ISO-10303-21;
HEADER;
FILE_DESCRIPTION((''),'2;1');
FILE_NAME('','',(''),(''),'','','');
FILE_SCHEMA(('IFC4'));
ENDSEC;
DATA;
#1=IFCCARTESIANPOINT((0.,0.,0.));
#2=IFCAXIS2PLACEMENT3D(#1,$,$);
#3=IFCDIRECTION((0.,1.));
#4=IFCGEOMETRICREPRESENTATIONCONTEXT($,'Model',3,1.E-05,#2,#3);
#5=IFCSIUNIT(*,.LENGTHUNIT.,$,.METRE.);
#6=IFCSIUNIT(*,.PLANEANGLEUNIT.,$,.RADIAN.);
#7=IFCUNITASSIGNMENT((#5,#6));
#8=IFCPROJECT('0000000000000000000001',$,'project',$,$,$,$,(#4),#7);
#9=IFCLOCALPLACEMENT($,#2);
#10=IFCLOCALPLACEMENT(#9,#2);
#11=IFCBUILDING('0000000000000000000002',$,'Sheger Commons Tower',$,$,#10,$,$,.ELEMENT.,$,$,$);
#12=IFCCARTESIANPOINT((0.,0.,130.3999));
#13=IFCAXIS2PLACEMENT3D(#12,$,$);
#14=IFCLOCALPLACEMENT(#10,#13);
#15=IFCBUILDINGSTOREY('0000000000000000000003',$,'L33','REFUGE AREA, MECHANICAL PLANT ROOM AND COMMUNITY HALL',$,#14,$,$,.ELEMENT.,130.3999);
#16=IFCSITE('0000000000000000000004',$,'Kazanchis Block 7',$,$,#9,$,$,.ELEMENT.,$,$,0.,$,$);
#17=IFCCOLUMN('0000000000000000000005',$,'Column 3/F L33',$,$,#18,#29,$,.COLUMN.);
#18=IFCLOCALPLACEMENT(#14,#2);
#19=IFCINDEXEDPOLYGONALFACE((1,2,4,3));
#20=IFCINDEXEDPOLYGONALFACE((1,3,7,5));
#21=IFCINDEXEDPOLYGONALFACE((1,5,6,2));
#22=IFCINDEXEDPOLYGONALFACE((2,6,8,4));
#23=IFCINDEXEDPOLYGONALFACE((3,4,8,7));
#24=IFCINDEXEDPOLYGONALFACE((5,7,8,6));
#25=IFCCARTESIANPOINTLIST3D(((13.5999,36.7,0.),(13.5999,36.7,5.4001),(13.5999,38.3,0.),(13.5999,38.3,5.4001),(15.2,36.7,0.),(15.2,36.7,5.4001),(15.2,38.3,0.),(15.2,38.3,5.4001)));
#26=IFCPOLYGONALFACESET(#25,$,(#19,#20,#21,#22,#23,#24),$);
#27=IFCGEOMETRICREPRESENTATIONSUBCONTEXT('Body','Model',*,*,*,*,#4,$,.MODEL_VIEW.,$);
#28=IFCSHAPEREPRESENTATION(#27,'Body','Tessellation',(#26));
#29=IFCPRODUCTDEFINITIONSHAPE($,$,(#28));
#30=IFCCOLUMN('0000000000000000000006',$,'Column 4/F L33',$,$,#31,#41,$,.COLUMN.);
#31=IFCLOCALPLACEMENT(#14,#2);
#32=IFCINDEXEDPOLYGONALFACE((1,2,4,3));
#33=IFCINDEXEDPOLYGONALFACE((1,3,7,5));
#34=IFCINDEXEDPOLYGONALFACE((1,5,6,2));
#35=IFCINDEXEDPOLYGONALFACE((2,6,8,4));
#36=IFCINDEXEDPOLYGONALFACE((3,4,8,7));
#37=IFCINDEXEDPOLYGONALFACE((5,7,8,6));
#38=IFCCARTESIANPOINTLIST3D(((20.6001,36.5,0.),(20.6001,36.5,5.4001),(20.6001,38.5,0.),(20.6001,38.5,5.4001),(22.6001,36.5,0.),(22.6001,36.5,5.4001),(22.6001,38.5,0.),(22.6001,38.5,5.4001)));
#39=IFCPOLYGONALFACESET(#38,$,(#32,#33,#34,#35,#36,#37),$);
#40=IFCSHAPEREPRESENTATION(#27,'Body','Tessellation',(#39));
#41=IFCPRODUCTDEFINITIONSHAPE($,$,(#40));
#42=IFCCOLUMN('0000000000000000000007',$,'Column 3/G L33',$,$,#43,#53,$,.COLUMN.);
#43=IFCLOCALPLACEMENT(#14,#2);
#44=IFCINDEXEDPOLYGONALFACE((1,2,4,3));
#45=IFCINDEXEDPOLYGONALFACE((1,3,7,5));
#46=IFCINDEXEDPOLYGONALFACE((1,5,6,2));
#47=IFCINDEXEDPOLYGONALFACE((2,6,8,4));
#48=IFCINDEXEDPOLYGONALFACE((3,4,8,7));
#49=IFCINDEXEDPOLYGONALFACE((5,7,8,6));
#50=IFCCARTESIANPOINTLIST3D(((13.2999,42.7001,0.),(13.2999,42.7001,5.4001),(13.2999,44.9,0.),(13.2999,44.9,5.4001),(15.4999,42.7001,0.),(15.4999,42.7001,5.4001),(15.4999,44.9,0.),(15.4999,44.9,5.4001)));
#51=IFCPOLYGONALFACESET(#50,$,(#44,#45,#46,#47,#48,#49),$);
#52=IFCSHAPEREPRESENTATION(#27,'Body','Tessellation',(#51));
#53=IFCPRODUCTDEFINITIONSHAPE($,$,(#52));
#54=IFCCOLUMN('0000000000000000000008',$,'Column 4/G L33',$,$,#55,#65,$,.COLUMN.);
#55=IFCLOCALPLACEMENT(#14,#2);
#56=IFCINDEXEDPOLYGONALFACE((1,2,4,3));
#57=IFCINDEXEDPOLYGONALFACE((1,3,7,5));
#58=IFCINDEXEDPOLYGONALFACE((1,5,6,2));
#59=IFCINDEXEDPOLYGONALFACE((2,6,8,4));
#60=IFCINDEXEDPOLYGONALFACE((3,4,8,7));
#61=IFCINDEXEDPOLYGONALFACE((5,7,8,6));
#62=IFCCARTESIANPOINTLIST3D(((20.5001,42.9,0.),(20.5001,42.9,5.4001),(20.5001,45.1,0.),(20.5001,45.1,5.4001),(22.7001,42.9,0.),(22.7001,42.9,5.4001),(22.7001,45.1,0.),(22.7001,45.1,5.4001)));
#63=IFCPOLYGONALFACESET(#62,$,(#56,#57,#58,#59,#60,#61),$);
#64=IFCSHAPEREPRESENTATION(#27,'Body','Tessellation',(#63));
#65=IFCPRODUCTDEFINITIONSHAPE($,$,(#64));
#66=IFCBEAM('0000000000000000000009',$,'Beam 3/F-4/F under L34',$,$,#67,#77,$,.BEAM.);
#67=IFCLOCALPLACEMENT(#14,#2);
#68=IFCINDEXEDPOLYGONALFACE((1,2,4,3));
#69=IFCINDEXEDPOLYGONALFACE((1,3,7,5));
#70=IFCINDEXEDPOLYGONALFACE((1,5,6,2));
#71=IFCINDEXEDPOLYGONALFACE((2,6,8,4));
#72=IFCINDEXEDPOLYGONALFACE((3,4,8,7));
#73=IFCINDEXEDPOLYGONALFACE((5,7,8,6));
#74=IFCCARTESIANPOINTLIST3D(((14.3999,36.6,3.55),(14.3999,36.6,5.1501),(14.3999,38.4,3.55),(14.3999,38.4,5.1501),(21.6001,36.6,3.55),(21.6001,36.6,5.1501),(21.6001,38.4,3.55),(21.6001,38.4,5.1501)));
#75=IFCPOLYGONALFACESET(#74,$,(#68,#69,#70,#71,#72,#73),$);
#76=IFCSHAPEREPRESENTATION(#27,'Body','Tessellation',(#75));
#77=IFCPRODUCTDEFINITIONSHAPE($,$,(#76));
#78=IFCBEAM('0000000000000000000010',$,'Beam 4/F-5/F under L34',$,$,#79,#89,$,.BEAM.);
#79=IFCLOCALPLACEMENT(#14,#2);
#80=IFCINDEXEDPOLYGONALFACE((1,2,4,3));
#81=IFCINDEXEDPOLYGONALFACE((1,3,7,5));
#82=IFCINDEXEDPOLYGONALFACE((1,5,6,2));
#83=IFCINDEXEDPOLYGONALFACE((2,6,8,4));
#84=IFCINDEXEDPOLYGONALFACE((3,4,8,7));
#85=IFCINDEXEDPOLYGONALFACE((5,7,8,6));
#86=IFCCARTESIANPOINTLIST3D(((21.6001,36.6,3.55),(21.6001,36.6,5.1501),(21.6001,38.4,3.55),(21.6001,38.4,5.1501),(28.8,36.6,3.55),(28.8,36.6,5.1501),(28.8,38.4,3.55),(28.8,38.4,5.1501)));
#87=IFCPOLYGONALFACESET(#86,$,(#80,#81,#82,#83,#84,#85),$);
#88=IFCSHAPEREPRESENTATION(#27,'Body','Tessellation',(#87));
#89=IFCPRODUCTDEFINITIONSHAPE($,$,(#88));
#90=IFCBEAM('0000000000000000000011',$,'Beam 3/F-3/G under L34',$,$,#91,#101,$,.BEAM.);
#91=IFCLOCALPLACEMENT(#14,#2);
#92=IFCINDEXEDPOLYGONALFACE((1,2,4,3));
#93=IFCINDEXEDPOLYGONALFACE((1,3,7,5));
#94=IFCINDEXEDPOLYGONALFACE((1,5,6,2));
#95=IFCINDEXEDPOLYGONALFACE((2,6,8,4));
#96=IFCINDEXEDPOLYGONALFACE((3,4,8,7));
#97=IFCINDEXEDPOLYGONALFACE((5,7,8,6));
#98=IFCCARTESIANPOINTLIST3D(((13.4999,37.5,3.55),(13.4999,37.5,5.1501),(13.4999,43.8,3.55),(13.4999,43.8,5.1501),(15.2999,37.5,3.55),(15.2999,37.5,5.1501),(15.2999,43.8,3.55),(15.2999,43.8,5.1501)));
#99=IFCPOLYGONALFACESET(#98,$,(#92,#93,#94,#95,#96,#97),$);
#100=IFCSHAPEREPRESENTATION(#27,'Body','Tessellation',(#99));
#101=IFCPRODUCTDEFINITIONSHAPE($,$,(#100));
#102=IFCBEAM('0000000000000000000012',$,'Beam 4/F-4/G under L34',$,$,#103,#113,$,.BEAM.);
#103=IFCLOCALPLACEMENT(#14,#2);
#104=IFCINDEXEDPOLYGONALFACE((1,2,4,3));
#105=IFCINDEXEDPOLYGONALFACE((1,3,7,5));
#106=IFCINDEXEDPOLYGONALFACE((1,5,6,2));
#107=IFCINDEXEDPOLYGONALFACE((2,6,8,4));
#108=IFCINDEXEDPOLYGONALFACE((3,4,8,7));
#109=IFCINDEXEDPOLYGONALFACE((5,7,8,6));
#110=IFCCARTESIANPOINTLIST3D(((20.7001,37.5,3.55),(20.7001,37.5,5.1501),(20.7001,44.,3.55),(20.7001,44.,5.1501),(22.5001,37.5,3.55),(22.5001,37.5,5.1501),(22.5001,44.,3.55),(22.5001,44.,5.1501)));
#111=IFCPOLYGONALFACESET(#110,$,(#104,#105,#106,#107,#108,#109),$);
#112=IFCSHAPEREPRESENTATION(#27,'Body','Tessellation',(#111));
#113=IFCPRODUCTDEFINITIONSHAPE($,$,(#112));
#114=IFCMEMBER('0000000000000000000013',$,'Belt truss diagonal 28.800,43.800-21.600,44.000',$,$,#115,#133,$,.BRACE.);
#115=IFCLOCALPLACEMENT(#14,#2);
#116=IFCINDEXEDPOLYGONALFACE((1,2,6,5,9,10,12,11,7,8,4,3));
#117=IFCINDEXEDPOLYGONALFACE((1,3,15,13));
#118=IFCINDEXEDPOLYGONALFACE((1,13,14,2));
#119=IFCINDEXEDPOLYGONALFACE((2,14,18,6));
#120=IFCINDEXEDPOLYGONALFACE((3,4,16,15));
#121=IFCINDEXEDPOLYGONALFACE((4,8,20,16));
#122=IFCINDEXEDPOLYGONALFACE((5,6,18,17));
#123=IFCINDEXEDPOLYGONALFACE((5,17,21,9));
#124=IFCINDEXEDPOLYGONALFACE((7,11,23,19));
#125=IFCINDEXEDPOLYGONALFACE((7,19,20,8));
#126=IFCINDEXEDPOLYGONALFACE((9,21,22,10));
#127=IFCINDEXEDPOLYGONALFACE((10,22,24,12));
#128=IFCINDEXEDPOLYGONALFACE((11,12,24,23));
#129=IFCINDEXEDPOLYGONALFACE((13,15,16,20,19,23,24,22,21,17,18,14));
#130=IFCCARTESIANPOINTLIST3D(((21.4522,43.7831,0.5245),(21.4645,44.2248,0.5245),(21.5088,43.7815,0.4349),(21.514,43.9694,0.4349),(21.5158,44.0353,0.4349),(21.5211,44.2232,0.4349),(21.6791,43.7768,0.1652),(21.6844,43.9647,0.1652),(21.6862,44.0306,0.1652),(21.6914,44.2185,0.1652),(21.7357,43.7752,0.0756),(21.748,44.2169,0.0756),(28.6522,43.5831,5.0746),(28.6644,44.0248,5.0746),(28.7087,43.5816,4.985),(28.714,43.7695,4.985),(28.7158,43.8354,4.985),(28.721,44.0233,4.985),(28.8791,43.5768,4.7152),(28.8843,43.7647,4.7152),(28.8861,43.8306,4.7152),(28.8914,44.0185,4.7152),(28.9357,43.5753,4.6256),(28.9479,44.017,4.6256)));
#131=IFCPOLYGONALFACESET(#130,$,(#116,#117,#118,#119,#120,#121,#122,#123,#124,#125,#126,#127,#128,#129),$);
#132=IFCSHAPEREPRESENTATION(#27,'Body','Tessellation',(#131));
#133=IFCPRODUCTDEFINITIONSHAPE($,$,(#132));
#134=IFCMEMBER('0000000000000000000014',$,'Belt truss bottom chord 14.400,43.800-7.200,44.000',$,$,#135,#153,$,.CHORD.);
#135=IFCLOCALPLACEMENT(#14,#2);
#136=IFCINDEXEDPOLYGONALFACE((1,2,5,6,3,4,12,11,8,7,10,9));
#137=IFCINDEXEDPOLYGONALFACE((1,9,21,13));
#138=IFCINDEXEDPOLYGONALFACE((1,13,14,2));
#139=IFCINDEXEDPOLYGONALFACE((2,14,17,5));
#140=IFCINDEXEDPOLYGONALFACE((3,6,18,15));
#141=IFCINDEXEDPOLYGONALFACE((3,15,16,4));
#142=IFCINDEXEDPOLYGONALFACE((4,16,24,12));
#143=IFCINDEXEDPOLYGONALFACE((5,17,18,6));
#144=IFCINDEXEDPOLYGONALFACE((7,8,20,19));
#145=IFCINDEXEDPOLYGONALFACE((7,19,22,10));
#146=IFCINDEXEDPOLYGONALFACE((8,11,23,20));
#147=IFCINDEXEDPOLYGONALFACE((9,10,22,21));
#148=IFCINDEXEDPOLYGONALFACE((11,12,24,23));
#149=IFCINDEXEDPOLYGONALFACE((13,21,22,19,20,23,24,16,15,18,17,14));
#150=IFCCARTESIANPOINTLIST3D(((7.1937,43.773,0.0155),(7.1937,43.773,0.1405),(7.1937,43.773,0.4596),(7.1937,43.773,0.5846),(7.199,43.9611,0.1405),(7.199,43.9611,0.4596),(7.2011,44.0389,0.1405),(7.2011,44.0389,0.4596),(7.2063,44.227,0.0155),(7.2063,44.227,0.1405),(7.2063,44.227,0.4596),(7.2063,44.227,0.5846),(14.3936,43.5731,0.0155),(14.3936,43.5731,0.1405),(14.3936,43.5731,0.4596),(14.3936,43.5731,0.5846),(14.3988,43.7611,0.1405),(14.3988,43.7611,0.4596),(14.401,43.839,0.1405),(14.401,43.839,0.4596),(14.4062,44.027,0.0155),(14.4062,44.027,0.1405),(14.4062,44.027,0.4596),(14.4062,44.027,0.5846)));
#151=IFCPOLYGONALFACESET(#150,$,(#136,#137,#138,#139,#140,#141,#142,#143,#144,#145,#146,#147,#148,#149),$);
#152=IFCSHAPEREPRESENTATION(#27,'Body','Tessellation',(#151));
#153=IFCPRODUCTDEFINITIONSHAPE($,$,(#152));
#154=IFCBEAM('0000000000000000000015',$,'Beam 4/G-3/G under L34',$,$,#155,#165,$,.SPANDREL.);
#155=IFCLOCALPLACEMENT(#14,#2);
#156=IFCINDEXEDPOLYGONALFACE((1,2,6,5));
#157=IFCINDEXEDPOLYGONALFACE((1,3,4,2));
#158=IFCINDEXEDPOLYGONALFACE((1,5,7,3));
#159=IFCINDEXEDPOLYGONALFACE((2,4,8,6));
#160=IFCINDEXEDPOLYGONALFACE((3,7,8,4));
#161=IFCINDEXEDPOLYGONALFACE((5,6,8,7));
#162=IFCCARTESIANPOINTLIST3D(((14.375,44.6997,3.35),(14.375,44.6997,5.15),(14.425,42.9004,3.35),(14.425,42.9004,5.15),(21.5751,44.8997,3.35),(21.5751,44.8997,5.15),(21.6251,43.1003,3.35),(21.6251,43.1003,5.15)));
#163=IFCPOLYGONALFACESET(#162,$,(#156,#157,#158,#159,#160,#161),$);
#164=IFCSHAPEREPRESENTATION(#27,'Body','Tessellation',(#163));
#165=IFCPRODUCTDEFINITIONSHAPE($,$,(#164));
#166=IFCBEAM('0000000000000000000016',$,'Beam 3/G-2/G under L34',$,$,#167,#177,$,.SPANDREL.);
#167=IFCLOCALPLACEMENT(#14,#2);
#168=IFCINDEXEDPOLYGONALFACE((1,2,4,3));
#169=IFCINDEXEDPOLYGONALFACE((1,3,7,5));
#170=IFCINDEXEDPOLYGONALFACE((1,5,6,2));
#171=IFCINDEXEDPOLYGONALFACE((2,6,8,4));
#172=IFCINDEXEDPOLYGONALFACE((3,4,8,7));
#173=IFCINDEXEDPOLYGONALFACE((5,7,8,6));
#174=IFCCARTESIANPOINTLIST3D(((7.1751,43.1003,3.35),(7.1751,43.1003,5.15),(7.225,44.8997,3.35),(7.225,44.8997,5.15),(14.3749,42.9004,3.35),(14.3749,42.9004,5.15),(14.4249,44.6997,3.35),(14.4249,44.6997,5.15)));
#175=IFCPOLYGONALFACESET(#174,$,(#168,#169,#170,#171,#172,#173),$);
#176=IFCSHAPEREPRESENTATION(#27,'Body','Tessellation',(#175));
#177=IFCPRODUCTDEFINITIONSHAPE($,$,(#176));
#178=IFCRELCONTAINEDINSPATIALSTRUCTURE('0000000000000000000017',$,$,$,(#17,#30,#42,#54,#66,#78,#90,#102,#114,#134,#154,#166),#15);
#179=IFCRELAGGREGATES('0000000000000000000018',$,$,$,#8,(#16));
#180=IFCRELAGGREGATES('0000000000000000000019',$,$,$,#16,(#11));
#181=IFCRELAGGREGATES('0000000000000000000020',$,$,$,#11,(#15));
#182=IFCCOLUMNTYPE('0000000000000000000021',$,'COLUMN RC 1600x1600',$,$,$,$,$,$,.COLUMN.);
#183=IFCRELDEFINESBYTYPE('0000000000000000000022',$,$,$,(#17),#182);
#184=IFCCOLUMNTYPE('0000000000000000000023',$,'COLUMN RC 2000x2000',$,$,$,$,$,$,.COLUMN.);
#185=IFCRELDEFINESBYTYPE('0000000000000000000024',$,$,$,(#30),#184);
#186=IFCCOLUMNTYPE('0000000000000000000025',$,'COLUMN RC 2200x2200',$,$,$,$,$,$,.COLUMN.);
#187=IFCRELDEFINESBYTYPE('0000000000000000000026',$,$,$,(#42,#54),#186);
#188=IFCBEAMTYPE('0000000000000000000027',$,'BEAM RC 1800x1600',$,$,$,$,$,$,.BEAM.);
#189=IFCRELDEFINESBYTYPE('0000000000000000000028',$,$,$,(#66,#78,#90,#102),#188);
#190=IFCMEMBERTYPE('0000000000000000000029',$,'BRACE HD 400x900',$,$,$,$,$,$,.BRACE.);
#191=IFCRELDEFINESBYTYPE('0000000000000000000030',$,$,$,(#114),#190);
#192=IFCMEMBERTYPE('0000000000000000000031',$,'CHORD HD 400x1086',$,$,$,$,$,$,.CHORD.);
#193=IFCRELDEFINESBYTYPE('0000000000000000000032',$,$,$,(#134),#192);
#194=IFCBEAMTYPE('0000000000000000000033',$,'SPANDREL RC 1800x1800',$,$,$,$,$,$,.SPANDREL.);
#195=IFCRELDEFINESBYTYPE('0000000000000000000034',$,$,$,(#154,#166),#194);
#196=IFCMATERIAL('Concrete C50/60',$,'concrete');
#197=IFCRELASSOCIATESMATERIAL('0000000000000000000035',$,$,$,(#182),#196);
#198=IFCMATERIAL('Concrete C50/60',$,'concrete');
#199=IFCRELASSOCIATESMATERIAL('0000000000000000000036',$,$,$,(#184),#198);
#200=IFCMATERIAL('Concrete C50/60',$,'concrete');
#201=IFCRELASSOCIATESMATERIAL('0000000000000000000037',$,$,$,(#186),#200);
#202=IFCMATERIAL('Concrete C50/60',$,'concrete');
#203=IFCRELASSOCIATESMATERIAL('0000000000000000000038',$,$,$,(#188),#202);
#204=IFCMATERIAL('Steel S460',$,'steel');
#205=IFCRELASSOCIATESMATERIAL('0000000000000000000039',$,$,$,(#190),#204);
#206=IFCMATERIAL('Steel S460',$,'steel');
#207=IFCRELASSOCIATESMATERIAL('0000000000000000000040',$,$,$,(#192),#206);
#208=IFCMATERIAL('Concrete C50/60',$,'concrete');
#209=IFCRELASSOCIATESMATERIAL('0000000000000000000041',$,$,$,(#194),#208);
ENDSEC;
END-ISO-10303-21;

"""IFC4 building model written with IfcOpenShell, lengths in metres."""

from ifc_helpers import new_model, si_unit, direction, frame, origin, origin_2d, place, context, subcontext, project, spatial, rectangle, i_section, extrude, material, material_profile, profile_set, type_object, element, save


model = new_model("IFC4")

# Units and contexts
model_context = context("Model", 3, precision=1e-05, world=origin(), true_north=direction((0.0, 1.0)))
body_context = subcontext(model_context, "Body", "Model", "MODEL_VIEW")
ifc_project = project(units=[si_unit("LENGTHUNIT", "METRE"), si_unit("PLANEANGLEUNIT", "RADIAN")], contexts=[model_context])

# Site, building, storey
site_placement = place(None, origin())
site = spatial("IfcSite", under=ifc_project, at=site_placement, Name="Kazanchis Block 7", CompositionType="ELEMENT", RefElevation=0.0)
building_placement = place(site_placement, origin())
building = spatial("IfcBuilding", under=site, at=building_placement, Name="Sheger Commons Tower", CompositionType="ELEMENT")
storey_placement = place(building_placement, frame((0.0, 0.0, 130.3999)))
storey = spatial("IfcBuildingStorey", under=building, at=storey_placement, Name="L33", Description="REFUGE AREA, MECHANICAL PLANT ROOM AND COMMUNITY HALL", CompositionType="ELEMENT", Elevation=130.3999)

# Columns
ifc_material_1 = material(Name="Concrete C50/60", Category="concrete")
ifc_material_profile_1 = material_profile(ifc_material_1, rectangle(XDim=1.6001, YDim=1.6001, at=origin_2d()), Name="RC 1600x1600")
ifc_profile_set_1 = profile_set([ifc_material_profile_1], Name="Concrete C50/60")
column_type_1 = type_object("IfcColumnType", Name="COLUMN RC 1600x1600", PredefinedType="COLUMN", material=ifc_profile_set_1)
column_1_placement = place(storey_placement, frame((14.3999, 37.5, 0.0), z_axis=(0.0, 0.0, 1.0), x_axis=(1.0, 0.0, 0.0)))
element("IfcColumn", 1, at=column_1_placement, inside=storey, type_object=column_type_1, Name="Column 3/F L33", PredefinedType="COLUMN", context=body_context, shape_type="SweptSolid", body=[
    extrude(rectangle(XDim=1.6001, YDim=1.6001, at=origin_2d()), origin(), (0.0, 0.0, 1.0), 5.4001),
])
ifc_material_2 = material(Name="Concrete C50/60", Category="concrete")
ifc_material_profile_2 = material_profile(ifc_material_2, rectangle(XDim=2.0, YDim=2.0, at=origin_2d()), Name="RC 2000x2000")
ifc_profile_set_2 = profile_set([ifc_material_profile_2], Name="Concrete C50/60")
column_type_2 = type_object("IfcColumnType", Name="COLUMN RC 2000x2000", PredefinedType="COLUMN", material=ifc_profile_set_2)
column_2_placement = place(storey_placement, frame((21.6001, 37.5, 0.0), z_axis=(0.0, 0.0, 1.0), x_axis=(1.0, 0.0, 0.0)))
element("IfcColumn", 2, at=column_2_placement, inside=storey, type_object=column_type_2, Name="Column 4/F L33", PredefinedType="COLUMN", context=body_context, shape_type="SweptSolid", body=[
    extrude(rectangle(XDim=2.0, YDim=2.0, at=origin_2d()), origin(), (0.0, 0.0, 1.0), 5.4001),
])
ifc_material_3 = material(Name="Concrete C50/60", Category="concrete")
ifc_material_profile_3 = material_profile(ifc_material_3, rectangle(XDim=2.2, YDim=2.2, at=origin_2d()), Name="RC 2200x2200")
ifc_profile_set_3 = profile_set([ifc_material_profile_3], Name="Concrete C50/60")
column_type_3 = type_object("IfcColumnType", Name="COLUMN RC 2200x2200", PredefinedType="COLUMN", material=ifc_profile_set_3)
for number, where, z_axis, x_axis, name in (
    (3, (14.3999, 43.8, 0.0), (0.0, 0.0, 1.0), (1.0, 0.0, 0.0), "Column 3/G L33"),
    (4, (21.6001, 44.0, 0.0), (0.0, 0.0, 1.0), (1.0, 0.0, 0.0), "Column 4/G L33"),
):
    element("IfcColumn", number, at=place(storey_placement, frame(where, z_axis=z_axis, x_axis=x_axis)), inside=storey, type_object=column_type_3, Name=name, PredefinedType="COLUMN", context=body_context, shape_type="SweptSolid", body=[
        extrude(rectangle(XDim=2.2, YDim=2.2, at=origin_2d()), origin(), (0.0, 0.0, 1.0), 5.4001),
    ])

# Beams
ifc_material_4 = material(Name="Concrete C50/60", Category="concrete")
ifc_material_profile_4 = material_profile(ifc_material_4, rectangle(XDim=1.8, YDim=1.6001, at=origin_2d()), Name="RC 1800x1600")
ifc_profile_set_4 = profile_set([ifc_material_profile_4], Name="Concrete C50/60")
beam_type_1 = type_object("IfcBeamType", Name="BEAM RC 1800x1600", PredefinedType="BEAM", material=ifc_profile_set_4)
beam_1_placement = place(storey_placement, frame((14.3999, 37.5, 4.3501), z_axis=(1.0, 0.0, 0.0), x_axis=(0.0, 1.0, 0.0)))
element("IfcBeam", 5, at=beam_1_placement, inside=storey, type_object=beam_type_1, Name="Beam 3/F-4/F under L34", PredefinedType="BEAM", context=body_context, shape_type="SweptSolid", body=[
    extrude(rectangle(XDim=1.8, YDim=1.6001, at=origin_2d()), origin(), (0.0, 0.0, 1.0), 7.2002),
])
beam_2_placement = place(storey_placement, frame((21.6001, 37.5, 4.3501), z_axis=(1.0, 0.0, 0.0), x_axis=(0.0, 1.0, 0.0)))
element("IfcBeam", 6, at=beam_2_placement, inside=storey, type_object=beam_type_1, Name="Beam 4/F-5/F under L34", PredefinedType="BEAM", context=body_context, shape_type="SweptSolid", body=[
    extrude(rectangle(XDim=1.8, YDim=1.6001, at=origin_2d()), origin(), (0.0, 0.0, 1.0), 7.2),
])
beam_3_placement = place(storey_placement, frame((14.3999, 37.5, 4.3501), z_axis=(0.0, 1.0, 0.0), x_axis=(-1.0, 0.0, 0.0)))
element("IfcBeam", 7, at=beam_3_placement, inside=storey, type_object=beam_type_1, Name="Beam 3/F-3/G under L34", PredefinedType="BEAM", context=body_context, shape_type="SweptSolid", body=[
    extrude(rectangle(XDim=1.8, YDim=1.6001, at=origin_2d()), origin(), (0.0, 0.0, 1.0), 6.3),
])
beam_4_placement = place(storey_placement, frame((21.6001, 37.5, 4.3501), z_axis=(0.0, 1.0, 0.0), x_axis=(-1.0, 0.0, 0.0)))
element("IfcBeam", 8, at=beam_4_placement, inside=storey, type_object=beam_type_1, Name="Beam 4/F-4/G under L34", PredefinedType="BEAM", context=body_context, shape_type="SweptSolid", body=[
    extrude(rectangle(XDim=1.8, YDim=1.6001, at=origin_2d()), origin(), (0.0, 0.0, 1.0), 6.5),
])

# Members
ifc_material_5 = material(Name="Steel S460", Category="steel")
ifc_material_profile_5 = material_profile(ifc_material_5, i_section(OverallWidth=0.4419, OverallDepth=0.531, WebThickness=0.0659, FlangeThickness=0.106, at=origin_2d()), Name="HD 400x900")
ifc_profile_set_5 = profile_set([ifc_material_profile_5], Name="Steel S460")
member_type_1 = type_object("IfcMemberType", Name="BRACE HD 400x900", PredefinedType="BRACE", material=ifc_profile_set_5)
member_1_placement = place(storey_placement, frame((21.6001, 44.0, 0.3), z_axis=(0.845112, -0.02347, 0.534073), x_axis=(0.02776, 0.999615, 0.0)))
element("IfcMember", 9, at=member_1_placement, inside=storey, type_object=member_type_1, Name="Belt truss diagonal 28.800,43.800-21.600,44.000", PredefinedType="BRACE", context=body_context, shape_type="SweptSolid", body=[
    extrude(i_section(OverallWidth=0.4419, OverallDepth=0.531, WebThickness=0.0659, FlangeThickness=0.106, at=origin_2d()), origin(), (0.0, 0.0, 1.0), 8.5195),
])
ifc_material_6 = material(Name="Steel S460", Category="steel")
ifc_material_profile_6 = material_profile(ifc_material_6, i_section(OverallWidth=0.4541, OverallDepth=0.5691, WebThickness=0.0779, FlangeThickness=0.125, at=origin_2d()), Name="HD 400x1086")
ifc_profile_set_6 = profile_set([ifc_material_profile_6], Name="Steel S460")
member_type_2 = type_object("IfcMemberType", Name="CHORD HD 400x1086", PredefinedType="CHORD", material=ifc_profile_set_6)
member_2_placement = place(storey_placement, frame((14.3999, 43.8, 0.3), z_axis=(-0.999615, 0.02776, 0.0), x_axis=(-0.02776, -0.999615, 0.0)))
element("IfcMember", 10, at=member_2_placement, inside=storey, type_object=member_type_2, Name="Belt truss bottom chord 14.400,43.800-7.200,44.000", PredefinedType="CHORD", context=body_context, shape_type="SweptSolid", body=[
    extrude(i_section(OverallWidth=0.4541, OverallDepth=0.5691, WebThickness=0.0779, FlangeThickness=0.125, at=origin_2d()), origin(), (0.0, 0.0, 1.0), 7.2026),
])

# Beams
ifc_material_7 = material(Name="Concrete C50/60", Category="concrete")
ifc_material_profile_7 = material_profile(ifc_material_7, rectangle(XDim=1.8, YDim=1.8, at=origin_2d()), Name="RC 1800x1800")
ifc_profile_set_7 = profile_set([ifc_material_profile_7], Name="Concrete C50/60")
beam_type_2 = type_object("IfcBeamType", Name="SPANDREL RC 1800x1800", PredefinedType="SPANDREL", material=ifc_profile_set_7)
beam_5_placement = place(storey_placement, frame((21.6001, 44.0, 4.25), z_axis=(-0.999615, -0.02776, 0.0), x_axis=(0.02776, -0.999615, 0.0)))
element("IfcBeam", 11, at=beam_5_placement, inside=storey, type_object=beam_type_2, Name="Beam 4/G-3/G under L34", PredefinedType="SPANDREL", context=body_context, shape_type="SweptSolid", body=[
    extrude(rectangle(XDim=1.8, YDim=1.8, at=origin_2d()), origin(), (0.0, 0.0, 1.0), 7.2029),
])
beam_6_placement = place(storey_placement, frame((14.3999, 43.8, 4.25), z_axis=(-0.999615, 0.02776, 0.0), x_axis=(-0.02776, -0.999615, 0.0)))
element("IfcBeam", 12, at=beam_6_placement, inside=storey, type_object=beam_type_2, Name="Beam 3/G-2/G under L34", PredefinedType="SPANDREL", context=body_context, shape_type="SweptSolid", body=[
    extrude(rectangle(XDim=1.8, YDim=1.8, at=origin_2d()), origin(), (0.0, 0.0, 1.0), 7.2026),
])

save(model, "model.ifc")
